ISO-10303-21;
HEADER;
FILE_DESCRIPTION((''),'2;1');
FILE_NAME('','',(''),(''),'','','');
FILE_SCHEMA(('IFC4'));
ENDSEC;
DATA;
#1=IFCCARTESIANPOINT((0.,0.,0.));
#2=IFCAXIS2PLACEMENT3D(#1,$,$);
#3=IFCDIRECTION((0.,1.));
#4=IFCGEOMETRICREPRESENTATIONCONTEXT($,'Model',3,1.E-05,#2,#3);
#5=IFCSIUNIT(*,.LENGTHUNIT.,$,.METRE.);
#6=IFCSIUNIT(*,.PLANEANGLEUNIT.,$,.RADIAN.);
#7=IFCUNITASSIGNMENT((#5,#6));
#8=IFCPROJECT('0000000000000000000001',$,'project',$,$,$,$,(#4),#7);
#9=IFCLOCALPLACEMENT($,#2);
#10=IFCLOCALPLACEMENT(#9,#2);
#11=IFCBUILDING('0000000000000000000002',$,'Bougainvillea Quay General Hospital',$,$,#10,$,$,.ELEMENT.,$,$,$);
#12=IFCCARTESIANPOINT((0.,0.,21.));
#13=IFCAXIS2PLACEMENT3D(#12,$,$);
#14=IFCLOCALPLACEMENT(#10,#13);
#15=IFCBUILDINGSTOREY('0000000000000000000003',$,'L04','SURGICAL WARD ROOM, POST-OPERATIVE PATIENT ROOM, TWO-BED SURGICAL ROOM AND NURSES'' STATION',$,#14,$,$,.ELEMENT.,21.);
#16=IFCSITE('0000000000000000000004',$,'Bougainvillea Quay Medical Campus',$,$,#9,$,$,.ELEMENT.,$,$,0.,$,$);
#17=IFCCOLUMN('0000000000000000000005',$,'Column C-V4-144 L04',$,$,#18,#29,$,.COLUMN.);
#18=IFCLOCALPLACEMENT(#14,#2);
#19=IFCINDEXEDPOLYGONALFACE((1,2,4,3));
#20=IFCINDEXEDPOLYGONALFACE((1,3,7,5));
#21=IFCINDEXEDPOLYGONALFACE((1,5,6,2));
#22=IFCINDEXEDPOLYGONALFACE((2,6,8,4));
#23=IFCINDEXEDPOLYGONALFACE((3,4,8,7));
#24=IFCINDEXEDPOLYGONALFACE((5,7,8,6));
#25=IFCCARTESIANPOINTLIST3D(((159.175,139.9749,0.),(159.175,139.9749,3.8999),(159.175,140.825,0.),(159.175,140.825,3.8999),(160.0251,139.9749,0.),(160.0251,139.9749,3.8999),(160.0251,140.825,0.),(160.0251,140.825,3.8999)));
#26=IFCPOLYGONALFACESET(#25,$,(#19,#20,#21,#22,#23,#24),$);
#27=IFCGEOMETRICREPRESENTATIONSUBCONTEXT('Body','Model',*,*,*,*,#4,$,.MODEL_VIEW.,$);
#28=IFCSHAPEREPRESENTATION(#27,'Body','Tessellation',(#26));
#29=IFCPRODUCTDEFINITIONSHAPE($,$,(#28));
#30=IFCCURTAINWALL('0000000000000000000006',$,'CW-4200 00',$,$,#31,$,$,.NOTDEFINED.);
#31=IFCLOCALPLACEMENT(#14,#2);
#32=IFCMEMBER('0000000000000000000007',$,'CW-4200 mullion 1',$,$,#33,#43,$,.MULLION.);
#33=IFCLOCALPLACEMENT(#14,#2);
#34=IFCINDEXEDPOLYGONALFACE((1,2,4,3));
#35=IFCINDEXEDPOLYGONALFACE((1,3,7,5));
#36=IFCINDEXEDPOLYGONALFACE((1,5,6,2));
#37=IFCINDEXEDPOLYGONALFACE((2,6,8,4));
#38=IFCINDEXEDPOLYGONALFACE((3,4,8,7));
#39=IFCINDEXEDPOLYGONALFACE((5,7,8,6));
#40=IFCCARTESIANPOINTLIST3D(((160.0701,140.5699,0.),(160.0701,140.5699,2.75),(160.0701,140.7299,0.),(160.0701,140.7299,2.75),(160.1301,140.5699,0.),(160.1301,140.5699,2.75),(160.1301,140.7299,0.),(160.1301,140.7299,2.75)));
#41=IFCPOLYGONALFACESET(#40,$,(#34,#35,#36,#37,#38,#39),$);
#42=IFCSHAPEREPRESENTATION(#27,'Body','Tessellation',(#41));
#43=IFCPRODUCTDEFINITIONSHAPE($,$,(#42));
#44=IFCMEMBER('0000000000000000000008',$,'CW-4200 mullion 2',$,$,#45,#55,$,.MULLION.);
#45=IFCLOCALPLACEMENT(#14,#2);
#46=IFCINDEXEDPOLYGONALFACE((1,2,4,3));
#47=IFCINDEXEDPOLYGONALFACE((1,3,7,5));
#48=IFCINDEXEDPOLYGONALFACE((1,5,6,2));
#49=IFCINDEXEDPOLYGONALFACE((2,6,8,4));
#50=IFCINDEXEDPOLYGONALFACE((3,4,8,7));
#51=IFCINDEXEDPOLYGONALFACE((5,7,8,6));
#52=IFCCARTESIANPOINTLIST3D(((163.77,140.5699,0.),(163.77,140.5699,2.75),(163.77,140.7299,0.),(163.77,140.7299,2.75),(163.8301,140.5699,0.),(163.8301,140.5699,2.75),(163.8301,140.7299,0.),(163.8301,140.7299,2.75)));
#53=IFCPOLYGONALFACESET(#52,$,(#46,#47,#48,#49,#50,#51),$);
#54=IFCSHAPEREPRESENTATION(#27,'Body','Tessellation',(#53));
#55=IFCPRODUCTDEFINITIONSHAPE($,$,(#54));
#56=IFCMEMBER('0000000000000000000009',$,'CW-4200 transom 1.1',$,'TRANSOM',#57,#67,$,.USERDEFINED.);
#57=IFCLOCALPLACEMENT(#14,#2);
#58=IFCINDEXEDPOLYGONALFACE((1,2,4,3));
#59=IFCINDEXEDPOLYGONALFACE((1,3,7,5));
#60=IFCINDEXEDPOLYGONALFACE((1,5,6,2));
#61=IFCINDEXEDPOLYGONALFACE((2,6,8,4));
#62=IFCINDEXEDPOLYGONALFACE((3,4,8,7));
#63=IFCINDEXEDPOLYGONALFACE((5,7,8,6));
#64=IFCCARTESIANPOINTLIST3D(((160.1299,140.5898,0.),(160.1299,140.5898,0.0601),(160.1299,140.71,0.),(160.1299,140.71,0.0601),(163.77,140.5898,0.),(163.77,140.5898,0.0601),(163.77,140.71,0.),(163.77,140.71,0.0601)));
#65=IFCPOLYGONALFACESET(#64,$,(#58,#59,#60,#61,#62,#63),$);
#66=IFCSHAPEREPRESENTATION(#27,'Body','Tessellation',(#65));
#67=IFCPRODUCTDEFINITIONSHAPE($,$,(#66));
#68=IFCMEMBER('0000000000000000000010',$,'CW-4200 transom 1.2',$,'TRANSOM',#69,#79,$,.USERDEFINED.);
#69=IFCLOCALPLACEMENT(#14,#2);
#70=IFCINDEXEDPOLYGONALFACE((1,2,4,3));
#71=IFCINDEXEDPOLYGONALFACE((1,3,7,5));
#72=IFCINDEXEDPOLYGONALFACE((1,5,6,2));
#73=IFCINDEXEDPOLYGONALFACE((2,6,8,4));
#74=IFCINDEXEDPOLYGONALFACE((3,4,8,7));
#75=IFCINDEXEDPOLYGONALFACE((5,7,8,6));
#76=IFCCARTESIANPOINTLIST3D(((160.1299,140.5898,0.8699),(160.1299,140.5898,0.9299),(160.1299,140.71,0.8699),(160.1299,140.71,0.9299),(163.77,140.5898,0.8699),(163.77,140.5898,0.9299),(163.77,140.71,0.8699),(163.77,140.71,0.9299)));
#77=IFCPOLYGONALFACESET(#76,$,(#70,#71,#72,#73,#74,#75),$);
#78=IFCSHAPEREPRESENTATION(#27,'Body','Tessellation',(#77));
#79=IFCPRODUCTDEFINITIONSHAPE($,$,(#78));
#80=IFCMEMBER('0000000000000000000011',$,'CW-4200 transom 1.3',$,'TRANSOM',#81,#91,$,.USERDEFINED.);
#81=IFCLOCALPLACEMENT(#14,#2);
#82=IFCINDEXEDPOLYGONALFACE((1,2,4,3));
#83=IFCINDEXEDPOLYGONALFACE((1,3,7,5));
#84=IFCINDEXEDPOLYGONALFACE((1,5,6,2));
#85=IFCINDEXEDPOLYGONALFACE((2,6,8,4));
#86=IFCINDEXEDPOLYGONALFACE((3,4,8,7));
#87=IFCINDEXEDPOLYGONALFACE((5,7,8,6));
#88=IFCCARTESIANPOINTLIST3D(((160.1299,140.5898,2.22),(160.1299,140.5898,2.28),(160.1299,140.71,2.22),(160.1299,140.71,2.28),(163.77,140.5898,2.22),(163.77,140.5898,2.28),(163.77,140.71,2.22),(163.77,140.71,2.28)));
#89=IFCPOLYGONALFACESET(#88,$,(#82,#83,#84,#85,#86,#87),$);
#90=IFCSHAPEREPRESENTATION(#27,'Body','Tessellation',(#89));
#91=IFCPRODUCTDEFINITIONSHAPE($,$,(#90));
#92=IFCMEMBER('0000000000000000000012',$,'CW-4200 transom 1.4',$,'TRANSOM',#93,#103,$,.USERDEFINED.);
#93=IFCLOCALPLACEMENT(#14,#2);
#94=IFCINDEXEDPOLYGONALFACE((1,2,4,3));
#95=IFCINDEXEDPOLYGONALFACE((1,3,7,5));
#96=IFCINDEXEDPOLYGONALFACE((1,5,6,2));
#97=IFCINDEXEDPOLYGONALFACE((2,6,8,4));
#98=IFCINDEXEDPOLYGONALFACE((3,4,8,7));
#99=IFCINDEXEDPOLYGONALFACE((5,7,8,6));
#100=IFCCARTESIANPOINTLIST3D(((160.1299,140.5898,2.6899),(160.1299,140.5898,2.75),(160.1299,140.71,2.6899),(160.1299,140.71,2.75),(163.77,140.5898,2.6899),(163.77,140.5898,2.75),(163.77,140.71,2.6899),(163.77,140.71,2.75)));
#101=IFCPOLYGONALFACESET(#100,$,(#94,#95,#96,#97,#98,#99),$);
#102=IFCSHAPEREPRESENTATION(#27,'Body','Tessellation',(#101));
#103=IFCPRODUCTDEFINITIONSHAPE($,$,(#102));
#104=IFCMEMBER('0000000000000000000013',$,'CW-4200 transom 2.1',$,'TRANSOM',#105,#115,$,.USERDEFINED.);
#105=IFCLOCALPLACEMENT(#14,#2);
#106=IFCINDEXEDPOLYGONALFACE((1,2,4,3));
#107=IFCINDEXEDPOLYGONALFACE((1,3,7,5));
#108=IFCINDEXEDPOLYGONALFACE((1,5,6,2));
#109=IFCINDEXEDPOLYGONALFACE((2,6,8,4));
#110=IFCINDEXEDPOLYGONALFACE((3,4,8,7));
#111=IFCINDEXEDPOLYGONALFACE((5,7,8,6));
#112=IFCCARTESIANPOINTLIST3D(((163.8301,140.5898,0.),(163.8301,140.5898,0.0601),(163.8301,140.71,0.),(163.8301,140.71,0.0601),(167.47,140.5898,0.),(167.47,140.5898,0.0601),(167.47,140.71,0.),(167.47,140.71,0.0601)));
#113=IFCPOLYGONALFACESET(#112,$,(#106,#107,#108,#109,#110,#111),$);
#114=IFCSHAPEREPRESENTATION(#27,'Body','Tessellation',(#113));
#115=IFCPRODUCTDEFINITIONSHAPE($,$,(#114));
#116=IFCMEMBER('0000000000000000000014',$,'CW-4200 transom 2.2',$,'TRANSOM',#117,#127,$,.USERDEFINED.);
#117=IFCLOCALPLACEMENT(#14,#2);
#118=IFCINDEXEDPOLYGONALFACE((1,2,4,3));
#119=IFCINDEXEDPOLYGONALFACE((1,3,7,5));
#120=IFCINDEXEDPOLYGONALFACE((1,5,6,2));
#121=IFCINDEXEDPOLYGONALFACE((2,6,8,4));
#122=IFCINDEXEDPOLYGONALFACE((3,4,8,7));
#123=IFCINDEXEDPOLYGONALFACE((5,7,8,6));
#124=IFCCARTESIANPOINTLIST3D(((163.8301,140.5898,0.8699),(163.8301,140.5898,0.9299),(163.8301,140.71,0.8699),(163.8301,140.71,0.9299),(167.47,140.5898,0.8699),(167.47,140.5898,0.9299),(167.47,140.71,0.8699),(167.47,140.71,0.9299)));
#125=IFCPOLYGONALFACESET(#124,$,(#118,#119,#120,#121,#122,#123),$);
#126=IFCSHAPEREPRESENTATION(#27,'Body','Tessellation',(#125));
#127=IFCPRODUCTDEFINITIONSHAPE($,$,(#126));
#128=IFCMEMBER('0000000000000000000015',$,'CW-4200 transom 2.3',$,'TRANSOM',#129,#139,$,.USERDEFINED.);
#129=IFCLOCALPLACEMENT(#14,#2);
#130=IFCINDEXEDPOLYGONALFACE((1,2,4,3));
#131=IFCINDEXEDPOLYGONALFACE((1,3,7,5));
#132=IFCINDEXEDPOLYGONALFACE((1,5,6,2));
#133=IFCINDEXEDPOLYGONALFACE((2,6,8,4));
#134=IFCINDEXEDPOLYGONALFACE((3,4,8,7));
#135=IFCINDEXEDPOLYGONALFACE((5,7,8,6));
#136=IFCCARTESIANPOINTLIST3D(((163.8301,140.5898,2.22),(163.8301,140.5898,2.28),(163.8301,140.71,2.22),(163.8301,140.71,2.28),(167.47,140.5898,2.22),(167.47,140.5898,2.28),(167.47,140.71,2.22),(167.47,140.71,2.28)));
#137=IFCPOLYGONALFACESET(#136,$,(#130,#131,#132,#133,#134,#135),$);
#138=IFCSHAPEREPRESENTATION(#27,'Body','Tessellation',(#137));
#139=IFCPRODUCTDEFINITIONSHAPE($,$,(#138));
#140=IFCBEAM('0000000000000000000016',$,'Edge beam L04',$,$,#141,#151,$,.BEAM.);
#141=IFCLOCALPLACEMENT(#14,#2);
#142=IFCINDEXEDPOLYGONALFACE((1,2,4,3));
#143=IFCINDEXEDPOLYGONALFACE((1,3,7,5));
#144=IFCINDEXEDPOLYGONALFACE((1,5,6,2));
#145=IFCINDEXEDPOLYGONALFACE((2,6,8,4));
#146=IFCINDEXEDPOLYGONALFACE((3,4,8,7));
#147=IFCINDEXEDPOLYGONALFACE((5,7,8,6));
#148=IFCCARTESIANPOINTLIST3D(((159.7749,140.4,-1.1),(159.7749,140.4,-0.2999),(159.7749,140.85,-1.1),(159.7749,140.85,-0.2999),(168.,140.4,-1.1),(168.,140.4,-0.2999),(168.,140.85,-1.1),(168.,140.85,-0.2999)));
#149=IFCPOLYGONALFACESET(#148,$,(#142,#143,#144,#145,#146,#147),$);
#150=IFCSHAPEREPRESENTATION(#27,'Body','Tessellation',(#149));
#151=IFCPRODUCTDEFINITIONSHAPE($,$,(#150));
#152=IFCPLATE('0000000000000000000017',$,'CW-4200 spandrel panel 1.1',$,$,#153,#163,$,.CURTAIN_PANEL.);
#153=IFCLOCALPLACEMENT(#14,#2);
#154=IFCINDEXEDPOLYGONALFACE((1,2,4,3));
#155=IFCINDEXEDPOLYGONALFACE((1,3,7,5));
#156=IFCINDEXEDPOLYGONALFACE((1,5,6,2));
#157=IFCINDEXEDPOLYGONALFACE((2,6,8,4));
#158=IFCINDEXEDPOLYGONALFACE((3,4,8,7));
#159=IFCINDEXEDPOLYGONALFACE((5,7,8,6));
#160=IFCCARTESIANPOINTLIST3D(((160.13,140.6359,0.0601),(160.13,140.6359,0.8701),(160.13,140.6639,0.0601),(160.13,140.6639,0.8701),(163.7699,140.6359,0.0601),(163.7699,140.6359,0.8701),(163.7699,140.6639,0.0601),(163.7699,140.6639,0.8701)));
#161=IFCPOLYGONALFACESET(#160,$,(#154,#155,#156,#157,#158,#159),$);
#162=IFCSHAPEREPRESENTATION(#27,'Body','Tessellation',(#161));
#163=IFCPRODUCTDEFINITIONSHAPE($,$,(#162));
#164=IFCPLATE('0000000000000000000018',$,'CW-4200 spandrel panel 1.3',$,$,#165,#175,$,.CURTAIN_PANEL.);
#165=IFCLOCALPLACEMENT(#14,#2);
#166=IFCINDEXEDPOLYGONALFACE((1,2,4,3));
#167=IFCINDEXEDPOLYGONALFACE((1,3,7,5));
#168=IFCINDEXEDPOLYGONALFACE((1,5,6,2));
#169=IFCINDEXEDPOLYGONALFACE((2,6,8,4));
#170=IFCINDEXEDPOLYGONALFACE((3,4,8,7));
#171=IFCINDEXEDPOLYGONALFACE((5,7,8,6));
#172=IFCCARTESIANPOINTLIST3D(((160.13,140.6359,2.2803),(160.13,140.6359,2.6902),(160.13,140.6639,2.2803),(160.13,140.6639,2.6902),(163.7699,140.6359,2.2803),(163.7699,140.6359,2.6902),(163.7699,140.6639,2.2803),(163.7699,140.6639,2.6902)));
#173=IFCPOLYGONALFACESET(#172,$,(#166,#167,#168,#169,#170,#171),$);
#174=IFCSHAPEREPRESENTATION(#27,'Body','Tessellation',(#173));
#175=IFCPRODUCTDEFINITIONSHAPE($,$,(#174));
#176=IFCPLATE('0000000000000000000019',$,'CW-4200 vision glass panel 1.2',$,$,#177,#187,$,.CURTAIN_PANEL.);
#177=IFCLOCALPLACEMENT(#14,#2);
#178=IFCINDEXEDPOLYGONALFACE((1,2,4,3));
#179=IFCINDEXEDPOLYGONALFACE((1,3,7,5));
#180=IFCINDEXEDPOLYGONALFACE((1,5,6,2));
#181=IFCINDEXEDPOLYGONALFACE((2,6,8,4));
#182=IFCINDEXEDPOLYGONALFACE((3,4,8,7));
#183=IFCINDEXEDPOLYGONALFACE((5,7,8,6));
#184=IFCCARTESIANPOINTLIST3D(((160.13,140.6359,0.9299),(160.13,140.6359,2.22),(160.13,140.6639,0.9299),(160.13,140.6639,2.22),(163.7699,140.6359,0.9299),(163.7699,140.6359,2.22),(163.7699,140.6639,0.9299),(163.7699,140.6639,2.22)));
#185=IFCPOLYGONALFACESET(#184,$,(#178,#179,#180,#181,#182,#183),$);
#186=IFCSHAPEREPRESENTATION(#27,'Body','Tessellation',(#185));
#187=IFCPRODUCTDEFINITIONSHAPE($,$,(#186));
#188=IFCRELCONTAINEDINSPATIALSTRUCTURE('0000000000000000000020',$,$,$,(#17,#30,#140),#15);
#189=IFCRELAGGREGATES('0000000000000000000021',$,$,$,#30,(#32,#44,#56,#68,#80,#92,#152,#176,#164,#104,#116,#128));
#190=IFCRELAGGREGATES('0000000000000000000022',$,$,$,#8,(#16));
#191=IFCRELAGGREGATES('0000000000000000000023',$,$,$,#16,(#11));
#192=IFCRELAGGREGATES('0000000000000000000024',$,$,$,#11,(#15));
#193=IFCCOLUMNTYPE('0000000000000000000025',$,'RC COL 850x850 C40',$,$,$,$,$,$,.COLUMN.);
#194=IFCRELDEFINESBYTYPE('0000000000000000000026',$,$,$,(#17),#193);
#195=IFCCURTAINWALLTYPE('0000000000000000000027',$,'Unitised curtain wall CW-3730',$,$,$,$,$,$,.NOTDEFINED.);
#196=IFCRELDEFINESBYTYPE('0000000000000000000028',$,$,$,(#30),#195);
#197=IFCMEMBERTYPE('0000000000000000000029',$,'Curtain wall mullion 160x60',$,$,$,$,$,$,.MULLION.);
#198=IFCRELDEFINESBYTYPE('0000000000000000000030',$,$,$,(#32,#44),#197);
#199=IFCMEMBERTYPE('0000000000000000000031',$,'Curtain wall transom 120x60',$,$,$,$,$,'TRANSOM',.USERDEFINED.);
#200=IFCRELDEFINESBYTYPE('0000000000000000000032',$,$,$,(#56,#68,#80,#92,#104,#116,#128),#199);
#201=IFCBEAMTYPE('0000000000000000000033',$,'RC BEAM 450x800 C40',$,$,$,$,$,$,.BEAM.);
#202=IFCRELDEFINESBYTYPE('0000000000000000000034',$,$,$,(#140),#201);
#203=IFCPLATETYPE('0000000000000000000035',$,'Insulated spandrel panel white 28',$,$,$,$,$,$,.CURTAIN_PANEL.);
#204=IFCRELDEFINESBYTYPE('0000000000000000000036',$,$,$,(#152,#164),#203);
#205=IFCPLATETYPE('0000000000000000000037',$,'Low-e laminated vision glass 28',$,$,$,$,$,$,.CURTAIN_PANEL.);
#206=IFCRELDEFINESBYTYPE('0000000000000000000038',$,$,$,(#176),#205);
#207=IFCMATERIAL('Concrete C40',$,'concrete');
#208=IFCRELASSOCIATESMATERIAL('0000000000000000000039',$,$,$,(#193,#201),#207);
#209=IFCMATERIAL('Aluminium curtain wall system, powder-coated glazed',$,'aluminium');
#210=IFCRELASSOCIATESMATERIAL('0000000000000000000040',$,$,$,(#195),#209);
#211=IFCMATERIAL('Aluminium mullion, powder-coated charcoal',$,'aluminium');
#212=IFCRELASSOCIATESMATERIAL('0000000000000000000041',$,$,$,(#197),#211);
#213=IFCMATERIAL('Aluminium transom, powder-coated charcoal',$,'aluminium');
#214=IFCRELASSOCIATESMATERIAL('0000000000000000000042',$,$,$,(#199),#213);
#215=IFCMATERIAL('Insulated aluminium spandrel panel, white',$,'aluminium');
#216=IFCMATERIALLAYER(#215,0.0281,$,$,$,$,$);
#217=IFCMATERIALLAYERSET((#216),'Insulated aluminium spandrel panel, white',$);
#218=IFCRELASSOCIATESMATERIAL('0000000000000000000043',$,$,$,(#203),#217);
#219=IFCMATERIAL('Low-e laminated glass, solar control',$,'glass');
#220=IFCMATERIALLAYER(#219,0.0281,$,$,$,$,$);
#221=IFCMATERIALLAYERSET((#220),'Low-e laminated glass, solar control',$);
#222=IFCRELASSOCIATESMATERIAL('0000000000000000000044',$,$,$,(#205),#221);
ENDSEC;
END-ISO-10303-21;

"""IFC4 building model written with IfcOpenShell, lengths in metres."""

from ifc_helpers import new_model, si_unit, direction, frame, origin, origin_2d, place, context, subcontext, project, spatial, rectangle, extrude, material, layer, layer_set, material_profile, profile_set, type_object, element, aggregate, save


model = new_model("IFC4")

# Units and contexts
model_context = context("Model", 3, precision=1e-05, world=origin(), true_north=direction((0.0, 1.0)))
body_context = subcontext(model_context, "Body", "Model", "MODEL_VIEW")
ifc_project = project(units=[si_unit("LENGTHUNIT", "METRE"), si_unit("PLANEANGLEUNIT", "RADIAN")], contexts=[model_context])

# Site, building, storey
site_placement = place(None, origin())
site = spatial("IfcSite", under=ifc_project, at=site_placement, Name="Bougainvillea Quay Medical Campus", CompositionType="ELEMENT", RefElevation=0.0)
building_placement = place(site_placement, origin())
building = spatial("IfcBuilding", under=site, at=building_placement, Name="Bougainvillea Quay General Hospital", CompositionType="ELEMENT")
storey_placement = place(building_placement, frame((0.0, 0.0, 21.0)))
storey = spatial("IfcBuildingStorey", under=building, at=storey_placement, Name="L04", Description="SURGICAL WARD ROOM, POST-OPERATIVE PATIENT ROOM, TWO-BED SURGICAL ROOM AND NURSES' STATION", CompositionType="ELEMENT", Elevation=21.0)

# Column
ifc_material_1 = material(Name="Concrete C40", Category="concrete")
ifc_material_profile_1 = material_profile(ifc_material_1, rectangle(XDim=0.8501, YDim=0.8501, at=origin_2d()))
ifc_profile_set_1 = profile_set([ifc_material_profile_1], Name="Concrete C40")
column_type = type_object("IfcColumnType", Name="RC COL 850x850 C40", PredefinedType="COLUMN", material=ifc_profile_set_1)
column_placement = place(storey_placement, frame((159.6001, 140.3999, 0.0), z_axis=(0.0, 0.0, 1.0), x_axis=(1.0, 0.0, 0.0)))
element("IfcColumn", 1, at=column_placement, inside=storey, type_object=column_type, Name="Column C-V4-144 L04", PredefinedType="COLUMN", context=body_context, shape_type="SweptSolid", body=[
    extrude(rectangle(XDim=0.8501, YDim=0.8501, at=origin_2d()), origin(), (0.0, 0.0, 1.0), 3.8999),
])

# Curtain wall, members
ifc_material_2 = material(Name="Aluminium curtain wall system, powder-coated glazed", Category="aluminium")
curtain_wall_type = type_object("IfcCurtainWallType", Name="Unitised curtain wall CW-3730", PredefinedType="NOTDEFINED", material=ifc_material_2)
curtain_wall_placement = place(storey_placement, origin())
curtain_wall = element("IfcCurtainWall", 2, at=curtain_wall_placement, inside=storey, type_object=curtain_wall_type, Name="CW-4200 00", PredefinedType="NOTDEFINED")
ifc_material_3 = material(Name="Aluminium mullion, powder-coated charcoal", Category="aluminium")
ifc_material_profile_2 = material_profile(ifc_material_3, rectangle(XDim=0.1599, YDim=0.0601, at=origin_2d()))
ifc_profile_set_2 = profile_set([ifc_material_profile_2], Name="Aluminium mullion, powder-coated charcoal")
member_type_1 = type_object("IfcMemberType", Name="Curtain wall mullion 160x60", PredefinedType="MULLION", material=ifc_profile_set_2)
member_1_placement = place(storey_placement, frame((160.1001, 140.6499, 0.0), z_axis=(0.0, 0.0, 1.0), x_axis=(0.0, 1.0, 0.0)))
member_1 = element("IfcMember", 3, at=member_1_placement, type_object=member_type_1, Name="CW-4200 mullion 1", PredefinedType="MULLION", context=body_context, shape_type="SweptSolid", body=[
    extrude(rectangle(XDim=0.1599, YDim=0.0601, at=origin_2d()), origin(), (0.0, 0.0, 1.0), 2.75),
])
member_2_placement = place(storey_placement, frame((163.8, 140.6499, 0.0), z_axis=(0.0, 0.0, 1.0), x_axis=(0.0, 1.0, 0.0)))
member_2 = element("IfcMember", 4, at=member_2_placement, type_object=member_type_1, Name="CW-4200 mullion 2", PredefinedType="MULLION", context=body_context, shape_type="SweptSolid", body=[
    extrude(rectangle(XDim=0.1599, YDim=0.0601, at=origin_2d()), origin(), (0.0, 0.0, 1.0), 2.75),
])
ifc_material_4 = material(Name="Aluminium transom, powder-coated charcoal", Category="aluminium")
ifc_material_profile_3 = material_profile(ifc_material_4, rectangle(XDim=0.1201, YDim=0.0601, at=origin_2d()))
ifc_profile_set_3 = profile_set([ifc_material_profile_3], Name="Aluminium transom, powder-coated charcoal")
member_type_2 = type_object("IfcMemberType", Name="Curtain wall transom 120x60", ElementType="TRANSOM", PredefinedType="USERDEFINED", material=ifc_profile_set_3)
member_3_placement = place(storey_placement, frame((160.1299, 140.6499, 0.03), z_axis=(1.0, 0.0, 0.0), x_axis=(0.0, 1.0, 0.0)))
member_3 = element("IfcMember", 5, at=member_3_placement, type_object=member_type_2, Name="CW-4200 transom 1.1", ObjectType="TRANSOM", PredefinedType="USERDEFINED", context=body_context, shape_type="SweptSolid", body=[
    extrude(rectangle(XDim=0.1201, YDim=0.0601, at=origin_2d()), origin(), (0.0, 0.0, 1.0), 3.6401),
])
member_4_placement = place(storey_placement, frame((160.1299, 140.6499, 0.8999), z_axis=(1.0, 0.0, 0.0), x_axis=(0.0, 1.0, 0.0)))
member_4 = element("IfcMember", 6, at=member_4_placement, type_object=member_type_2, Name="CW-4200 transom 1.2", ObjectType="TRANSOM", PredefinedType="USERDEFINED", context=body_context, shape_type="SweptSolid", body=[
    extrude(rectangle(XDim=0.1201, YDim=0.0601, at=origin_2d()), origin(), (0.0, 0.0, 1.0), 3.6401),
])
member_5_placement = place(storey_placement, frame((160.1299, 140.6499, 2.25), z_axis=(1.0, 0.0, 0.0), x_axis=(0.0, 1.0, 0.0)))
member_5 = element("IfcMember", 7, at=member_5_placement, type_object=member_type_2, Name="CW-4200 transom 1.3", ObjectType="TRANSOM", PredefinedType="USERDEFINED", context=body_context, shape_type="SweptSolid", body=[
    extrude(rectangle(XDim=0.1201, YDim=0.0601, at=origin_2d()), origin(), (0.0, 0.0, 1.0), 3.6401),
])
member_6_placement = place(storey_placement, frame((160.1299, 140.6499, 2.72), z_axis=(1.0, 0.0, 0.0), x_axis=(0.0, 1.0, 0.0)))
member_6 = element("IfcMember", 8, at=member_6_placement, type_object=member_type_2, Name="CW-4200 transom 1.4", ObjectType="TRANSOM", PredefinedType="USERDEFINED", context=body_context, shape_type="SweptSolid", body=[
    extrude(rectangle(XDim=0.1201, YDim=0.0601, at=origin_2d()), origin(), (0.0, 0.0, 1.0), 3.6401),
])
member_7_placement = place(storey_placement, frame((163.8301, 140.6499, 0.03), z_axis=(1.0, 0.0, 0.0), x_axis=(0.0, 1.0, 0.0)))
member_7 = element("IfcMember", 9, at=member_7_placement, type_object=member_type_2, Name="CW-4200 transom 2.1", ObjectType="TRANSOM", PredefinedType="USERDEFINED", context=body_context, shape_type="SweptSolid", body=[
    extrude(rectangle(XDim=0.1201, YDim=0.0601, at=origin_2d()), origin(), (0.0, 0.0, 1.0), 3.6399),
])
member_8_placement = place(storey_placement, frame((163.8301, 140.6499, 0.8999), z_axis=(1.0, 0.0, 0.0), x_axis=(0.0, 1.0, 0.0)))
member_8 = element("IfcMember", 10, at=member_8_placement, type_object=member_type_2, Name="CW-4200 transom 2.2", ObjectType="TRANSOM", PredefinedType="USERDEFINED", context=body_context, shape_type="SweptSolid", body=[
    extrude(rectangle(XDim=0.1201, YDim=0.0601, at=origin_2d()), origin(), (0.0, 0.0, 1.0), 3.6399),
])
member_9_placement = place(storey_placement, frame((163.8301, 140.6499, 2.25), z_axis=(1.0, 0.0, 0.0), x_axis=(0.0, 1.0, 0.0)))
member_9 = element("IfcMember", 11, at=member_9_placement, type_object=member_type_2, Name="CW-4200 transom 2.3", ObjectType="TRANSOM", PredefinedType="USERDEFINED", context=body_context, shape_type="SweptSolid", body=[
    extrude(rectangle(XDim=0.1201, YDim=0.0601, at=origin_2d()), origin(), (0.0, 0.0, 1.0), 3.6399),
])

# Beam
ifc_material_profile_4 = material_profile(ifc_material_1, rectangle(XDim=0.45, YDim=0.8, at=origin_2d()))
ifc_profile_set_4 = profile_set([ifc_material_profile_4], Name="Concrete C40")
beam_type = type_object("IfcBeamType", Name="RC BEAM 450x800 C40", PredefinedType="BEAM", material=ifc_profile_set_4)
beam_placement = place(storey_placement, frame((159.7749, 140.625, -0.7), z_axis=(1.0, 0.0, 0.0), x_axis=(0.0, 1.0, 0.0)))
element("IfcBeam", 12, at=beam_placement, inside=storey, type_object=beam_type, Name="Edge beam L04", PredefinedType="BEAM", context=body_context, shape_type="SweptSolid", body=[
    extrude(rectangle(XDim=0.45, YDim=0.8, at=origin_2d()), origin(), (0.0, 0.0, 1.0), 8.2251),
])

# Plates
ifc_material_5 = material(Name="Insulated aluminium spandrel panel, white", Category="aluminium")
ifc_layer_1 = layer(ifc_material_5, 0.0281)
ifc_layer_set_1 = layer_set([ifc_layer_1], Name="Insulated aluminium spandrel panel, white")
plate_type_1 = type_object("IfcPlateType", Name="Insulated spandrel panel white 28", PredefinedType="CURTAIN_PANEL", material=ifc_layer_set_1)
plate_1_placement = place(storey_placement, frame((161.95, 140.6499, 0.0601), z_axis=(0.0, 0.0, 1.0), x_axis=(1.0, 0.0, 0.0)))
plate_1 = element("IfcPlate", 13, at=plate_1_placement, type_object=plate_type_1, Name="CW-4200 spandrel panel 1.1", PredefinedType="CURTAIN_PANEL", context=body_context, shape_type="SweptSolid", body=[
    extrude(rectangle(XDim=3.6399, YDim=0.0281, at=origin_2d()), origin(), (0.0, 0.0, 1.0), 0.8101),
])
plate_2_placement = place(storey_placement, frame((161.95, 140.6499, 2.2803), z_axis=(0.0, 0.0, 1.0), x_axis=(1.0, 0.0, 0.0)))
plate_2 = element("IfcPlate", 14, at=plate_2_placement, type_object=plate_type_1, Name="CW-4200 spandrel panel 1.3", PredefinedType="CURTAIN_PANEL", context=body_context, shape_type="SweptSolid", body=[
    extrude(rectangle(XDim=3.6399, YDim=0.0281, at=origin_2d()), origin(), (0.0, 0.0, 1.0), 0.4099),
])
ifc_material_6 = material(Name="Low-e laminated glass, solar control", Category="glass")
ifc_layer_2 = layer(ifc_material_6, 0.0281)
ifc_layer_set_2 = layer_set([ifc_layer_2], Name="Low-e laminated glass, solar control")
plate_type_2 = type_object("IfcPlateType", Name="Low-e laminated vision glass 28", PredefinedType="CURTAIN_PANEL", material=ifc_layer_set_2)
plate_3_placement = place(storey_placement, frame((161.95, 140.6499, 0.9299), z_axis=(0.0, 0.0, 1.0), x_axis=(1.0, 0.0, 0.0)))
plate_3 = element("IfcPlate", 15, at=plate_3_placement, type_object=plate_type_2, Name="CW-4200 vision glass panel 1.2", PredefinedType="CURTAIN_PANEL", context=body_context, shape_type="SweptSolid", body=[
    extrude(rectangle(XDim=3.6399, YDim=0.0281, at=origin_2d()), origin(), (0.0, 0.0, 1.0), 1.29),
])
aggregate(curtain_wall, [member_1, member_2, member_3, member_4, member_5, member_6, plate_1, plate_3, plate_2, member_7, member_8, member_9])

save(model, "model.ifc")
